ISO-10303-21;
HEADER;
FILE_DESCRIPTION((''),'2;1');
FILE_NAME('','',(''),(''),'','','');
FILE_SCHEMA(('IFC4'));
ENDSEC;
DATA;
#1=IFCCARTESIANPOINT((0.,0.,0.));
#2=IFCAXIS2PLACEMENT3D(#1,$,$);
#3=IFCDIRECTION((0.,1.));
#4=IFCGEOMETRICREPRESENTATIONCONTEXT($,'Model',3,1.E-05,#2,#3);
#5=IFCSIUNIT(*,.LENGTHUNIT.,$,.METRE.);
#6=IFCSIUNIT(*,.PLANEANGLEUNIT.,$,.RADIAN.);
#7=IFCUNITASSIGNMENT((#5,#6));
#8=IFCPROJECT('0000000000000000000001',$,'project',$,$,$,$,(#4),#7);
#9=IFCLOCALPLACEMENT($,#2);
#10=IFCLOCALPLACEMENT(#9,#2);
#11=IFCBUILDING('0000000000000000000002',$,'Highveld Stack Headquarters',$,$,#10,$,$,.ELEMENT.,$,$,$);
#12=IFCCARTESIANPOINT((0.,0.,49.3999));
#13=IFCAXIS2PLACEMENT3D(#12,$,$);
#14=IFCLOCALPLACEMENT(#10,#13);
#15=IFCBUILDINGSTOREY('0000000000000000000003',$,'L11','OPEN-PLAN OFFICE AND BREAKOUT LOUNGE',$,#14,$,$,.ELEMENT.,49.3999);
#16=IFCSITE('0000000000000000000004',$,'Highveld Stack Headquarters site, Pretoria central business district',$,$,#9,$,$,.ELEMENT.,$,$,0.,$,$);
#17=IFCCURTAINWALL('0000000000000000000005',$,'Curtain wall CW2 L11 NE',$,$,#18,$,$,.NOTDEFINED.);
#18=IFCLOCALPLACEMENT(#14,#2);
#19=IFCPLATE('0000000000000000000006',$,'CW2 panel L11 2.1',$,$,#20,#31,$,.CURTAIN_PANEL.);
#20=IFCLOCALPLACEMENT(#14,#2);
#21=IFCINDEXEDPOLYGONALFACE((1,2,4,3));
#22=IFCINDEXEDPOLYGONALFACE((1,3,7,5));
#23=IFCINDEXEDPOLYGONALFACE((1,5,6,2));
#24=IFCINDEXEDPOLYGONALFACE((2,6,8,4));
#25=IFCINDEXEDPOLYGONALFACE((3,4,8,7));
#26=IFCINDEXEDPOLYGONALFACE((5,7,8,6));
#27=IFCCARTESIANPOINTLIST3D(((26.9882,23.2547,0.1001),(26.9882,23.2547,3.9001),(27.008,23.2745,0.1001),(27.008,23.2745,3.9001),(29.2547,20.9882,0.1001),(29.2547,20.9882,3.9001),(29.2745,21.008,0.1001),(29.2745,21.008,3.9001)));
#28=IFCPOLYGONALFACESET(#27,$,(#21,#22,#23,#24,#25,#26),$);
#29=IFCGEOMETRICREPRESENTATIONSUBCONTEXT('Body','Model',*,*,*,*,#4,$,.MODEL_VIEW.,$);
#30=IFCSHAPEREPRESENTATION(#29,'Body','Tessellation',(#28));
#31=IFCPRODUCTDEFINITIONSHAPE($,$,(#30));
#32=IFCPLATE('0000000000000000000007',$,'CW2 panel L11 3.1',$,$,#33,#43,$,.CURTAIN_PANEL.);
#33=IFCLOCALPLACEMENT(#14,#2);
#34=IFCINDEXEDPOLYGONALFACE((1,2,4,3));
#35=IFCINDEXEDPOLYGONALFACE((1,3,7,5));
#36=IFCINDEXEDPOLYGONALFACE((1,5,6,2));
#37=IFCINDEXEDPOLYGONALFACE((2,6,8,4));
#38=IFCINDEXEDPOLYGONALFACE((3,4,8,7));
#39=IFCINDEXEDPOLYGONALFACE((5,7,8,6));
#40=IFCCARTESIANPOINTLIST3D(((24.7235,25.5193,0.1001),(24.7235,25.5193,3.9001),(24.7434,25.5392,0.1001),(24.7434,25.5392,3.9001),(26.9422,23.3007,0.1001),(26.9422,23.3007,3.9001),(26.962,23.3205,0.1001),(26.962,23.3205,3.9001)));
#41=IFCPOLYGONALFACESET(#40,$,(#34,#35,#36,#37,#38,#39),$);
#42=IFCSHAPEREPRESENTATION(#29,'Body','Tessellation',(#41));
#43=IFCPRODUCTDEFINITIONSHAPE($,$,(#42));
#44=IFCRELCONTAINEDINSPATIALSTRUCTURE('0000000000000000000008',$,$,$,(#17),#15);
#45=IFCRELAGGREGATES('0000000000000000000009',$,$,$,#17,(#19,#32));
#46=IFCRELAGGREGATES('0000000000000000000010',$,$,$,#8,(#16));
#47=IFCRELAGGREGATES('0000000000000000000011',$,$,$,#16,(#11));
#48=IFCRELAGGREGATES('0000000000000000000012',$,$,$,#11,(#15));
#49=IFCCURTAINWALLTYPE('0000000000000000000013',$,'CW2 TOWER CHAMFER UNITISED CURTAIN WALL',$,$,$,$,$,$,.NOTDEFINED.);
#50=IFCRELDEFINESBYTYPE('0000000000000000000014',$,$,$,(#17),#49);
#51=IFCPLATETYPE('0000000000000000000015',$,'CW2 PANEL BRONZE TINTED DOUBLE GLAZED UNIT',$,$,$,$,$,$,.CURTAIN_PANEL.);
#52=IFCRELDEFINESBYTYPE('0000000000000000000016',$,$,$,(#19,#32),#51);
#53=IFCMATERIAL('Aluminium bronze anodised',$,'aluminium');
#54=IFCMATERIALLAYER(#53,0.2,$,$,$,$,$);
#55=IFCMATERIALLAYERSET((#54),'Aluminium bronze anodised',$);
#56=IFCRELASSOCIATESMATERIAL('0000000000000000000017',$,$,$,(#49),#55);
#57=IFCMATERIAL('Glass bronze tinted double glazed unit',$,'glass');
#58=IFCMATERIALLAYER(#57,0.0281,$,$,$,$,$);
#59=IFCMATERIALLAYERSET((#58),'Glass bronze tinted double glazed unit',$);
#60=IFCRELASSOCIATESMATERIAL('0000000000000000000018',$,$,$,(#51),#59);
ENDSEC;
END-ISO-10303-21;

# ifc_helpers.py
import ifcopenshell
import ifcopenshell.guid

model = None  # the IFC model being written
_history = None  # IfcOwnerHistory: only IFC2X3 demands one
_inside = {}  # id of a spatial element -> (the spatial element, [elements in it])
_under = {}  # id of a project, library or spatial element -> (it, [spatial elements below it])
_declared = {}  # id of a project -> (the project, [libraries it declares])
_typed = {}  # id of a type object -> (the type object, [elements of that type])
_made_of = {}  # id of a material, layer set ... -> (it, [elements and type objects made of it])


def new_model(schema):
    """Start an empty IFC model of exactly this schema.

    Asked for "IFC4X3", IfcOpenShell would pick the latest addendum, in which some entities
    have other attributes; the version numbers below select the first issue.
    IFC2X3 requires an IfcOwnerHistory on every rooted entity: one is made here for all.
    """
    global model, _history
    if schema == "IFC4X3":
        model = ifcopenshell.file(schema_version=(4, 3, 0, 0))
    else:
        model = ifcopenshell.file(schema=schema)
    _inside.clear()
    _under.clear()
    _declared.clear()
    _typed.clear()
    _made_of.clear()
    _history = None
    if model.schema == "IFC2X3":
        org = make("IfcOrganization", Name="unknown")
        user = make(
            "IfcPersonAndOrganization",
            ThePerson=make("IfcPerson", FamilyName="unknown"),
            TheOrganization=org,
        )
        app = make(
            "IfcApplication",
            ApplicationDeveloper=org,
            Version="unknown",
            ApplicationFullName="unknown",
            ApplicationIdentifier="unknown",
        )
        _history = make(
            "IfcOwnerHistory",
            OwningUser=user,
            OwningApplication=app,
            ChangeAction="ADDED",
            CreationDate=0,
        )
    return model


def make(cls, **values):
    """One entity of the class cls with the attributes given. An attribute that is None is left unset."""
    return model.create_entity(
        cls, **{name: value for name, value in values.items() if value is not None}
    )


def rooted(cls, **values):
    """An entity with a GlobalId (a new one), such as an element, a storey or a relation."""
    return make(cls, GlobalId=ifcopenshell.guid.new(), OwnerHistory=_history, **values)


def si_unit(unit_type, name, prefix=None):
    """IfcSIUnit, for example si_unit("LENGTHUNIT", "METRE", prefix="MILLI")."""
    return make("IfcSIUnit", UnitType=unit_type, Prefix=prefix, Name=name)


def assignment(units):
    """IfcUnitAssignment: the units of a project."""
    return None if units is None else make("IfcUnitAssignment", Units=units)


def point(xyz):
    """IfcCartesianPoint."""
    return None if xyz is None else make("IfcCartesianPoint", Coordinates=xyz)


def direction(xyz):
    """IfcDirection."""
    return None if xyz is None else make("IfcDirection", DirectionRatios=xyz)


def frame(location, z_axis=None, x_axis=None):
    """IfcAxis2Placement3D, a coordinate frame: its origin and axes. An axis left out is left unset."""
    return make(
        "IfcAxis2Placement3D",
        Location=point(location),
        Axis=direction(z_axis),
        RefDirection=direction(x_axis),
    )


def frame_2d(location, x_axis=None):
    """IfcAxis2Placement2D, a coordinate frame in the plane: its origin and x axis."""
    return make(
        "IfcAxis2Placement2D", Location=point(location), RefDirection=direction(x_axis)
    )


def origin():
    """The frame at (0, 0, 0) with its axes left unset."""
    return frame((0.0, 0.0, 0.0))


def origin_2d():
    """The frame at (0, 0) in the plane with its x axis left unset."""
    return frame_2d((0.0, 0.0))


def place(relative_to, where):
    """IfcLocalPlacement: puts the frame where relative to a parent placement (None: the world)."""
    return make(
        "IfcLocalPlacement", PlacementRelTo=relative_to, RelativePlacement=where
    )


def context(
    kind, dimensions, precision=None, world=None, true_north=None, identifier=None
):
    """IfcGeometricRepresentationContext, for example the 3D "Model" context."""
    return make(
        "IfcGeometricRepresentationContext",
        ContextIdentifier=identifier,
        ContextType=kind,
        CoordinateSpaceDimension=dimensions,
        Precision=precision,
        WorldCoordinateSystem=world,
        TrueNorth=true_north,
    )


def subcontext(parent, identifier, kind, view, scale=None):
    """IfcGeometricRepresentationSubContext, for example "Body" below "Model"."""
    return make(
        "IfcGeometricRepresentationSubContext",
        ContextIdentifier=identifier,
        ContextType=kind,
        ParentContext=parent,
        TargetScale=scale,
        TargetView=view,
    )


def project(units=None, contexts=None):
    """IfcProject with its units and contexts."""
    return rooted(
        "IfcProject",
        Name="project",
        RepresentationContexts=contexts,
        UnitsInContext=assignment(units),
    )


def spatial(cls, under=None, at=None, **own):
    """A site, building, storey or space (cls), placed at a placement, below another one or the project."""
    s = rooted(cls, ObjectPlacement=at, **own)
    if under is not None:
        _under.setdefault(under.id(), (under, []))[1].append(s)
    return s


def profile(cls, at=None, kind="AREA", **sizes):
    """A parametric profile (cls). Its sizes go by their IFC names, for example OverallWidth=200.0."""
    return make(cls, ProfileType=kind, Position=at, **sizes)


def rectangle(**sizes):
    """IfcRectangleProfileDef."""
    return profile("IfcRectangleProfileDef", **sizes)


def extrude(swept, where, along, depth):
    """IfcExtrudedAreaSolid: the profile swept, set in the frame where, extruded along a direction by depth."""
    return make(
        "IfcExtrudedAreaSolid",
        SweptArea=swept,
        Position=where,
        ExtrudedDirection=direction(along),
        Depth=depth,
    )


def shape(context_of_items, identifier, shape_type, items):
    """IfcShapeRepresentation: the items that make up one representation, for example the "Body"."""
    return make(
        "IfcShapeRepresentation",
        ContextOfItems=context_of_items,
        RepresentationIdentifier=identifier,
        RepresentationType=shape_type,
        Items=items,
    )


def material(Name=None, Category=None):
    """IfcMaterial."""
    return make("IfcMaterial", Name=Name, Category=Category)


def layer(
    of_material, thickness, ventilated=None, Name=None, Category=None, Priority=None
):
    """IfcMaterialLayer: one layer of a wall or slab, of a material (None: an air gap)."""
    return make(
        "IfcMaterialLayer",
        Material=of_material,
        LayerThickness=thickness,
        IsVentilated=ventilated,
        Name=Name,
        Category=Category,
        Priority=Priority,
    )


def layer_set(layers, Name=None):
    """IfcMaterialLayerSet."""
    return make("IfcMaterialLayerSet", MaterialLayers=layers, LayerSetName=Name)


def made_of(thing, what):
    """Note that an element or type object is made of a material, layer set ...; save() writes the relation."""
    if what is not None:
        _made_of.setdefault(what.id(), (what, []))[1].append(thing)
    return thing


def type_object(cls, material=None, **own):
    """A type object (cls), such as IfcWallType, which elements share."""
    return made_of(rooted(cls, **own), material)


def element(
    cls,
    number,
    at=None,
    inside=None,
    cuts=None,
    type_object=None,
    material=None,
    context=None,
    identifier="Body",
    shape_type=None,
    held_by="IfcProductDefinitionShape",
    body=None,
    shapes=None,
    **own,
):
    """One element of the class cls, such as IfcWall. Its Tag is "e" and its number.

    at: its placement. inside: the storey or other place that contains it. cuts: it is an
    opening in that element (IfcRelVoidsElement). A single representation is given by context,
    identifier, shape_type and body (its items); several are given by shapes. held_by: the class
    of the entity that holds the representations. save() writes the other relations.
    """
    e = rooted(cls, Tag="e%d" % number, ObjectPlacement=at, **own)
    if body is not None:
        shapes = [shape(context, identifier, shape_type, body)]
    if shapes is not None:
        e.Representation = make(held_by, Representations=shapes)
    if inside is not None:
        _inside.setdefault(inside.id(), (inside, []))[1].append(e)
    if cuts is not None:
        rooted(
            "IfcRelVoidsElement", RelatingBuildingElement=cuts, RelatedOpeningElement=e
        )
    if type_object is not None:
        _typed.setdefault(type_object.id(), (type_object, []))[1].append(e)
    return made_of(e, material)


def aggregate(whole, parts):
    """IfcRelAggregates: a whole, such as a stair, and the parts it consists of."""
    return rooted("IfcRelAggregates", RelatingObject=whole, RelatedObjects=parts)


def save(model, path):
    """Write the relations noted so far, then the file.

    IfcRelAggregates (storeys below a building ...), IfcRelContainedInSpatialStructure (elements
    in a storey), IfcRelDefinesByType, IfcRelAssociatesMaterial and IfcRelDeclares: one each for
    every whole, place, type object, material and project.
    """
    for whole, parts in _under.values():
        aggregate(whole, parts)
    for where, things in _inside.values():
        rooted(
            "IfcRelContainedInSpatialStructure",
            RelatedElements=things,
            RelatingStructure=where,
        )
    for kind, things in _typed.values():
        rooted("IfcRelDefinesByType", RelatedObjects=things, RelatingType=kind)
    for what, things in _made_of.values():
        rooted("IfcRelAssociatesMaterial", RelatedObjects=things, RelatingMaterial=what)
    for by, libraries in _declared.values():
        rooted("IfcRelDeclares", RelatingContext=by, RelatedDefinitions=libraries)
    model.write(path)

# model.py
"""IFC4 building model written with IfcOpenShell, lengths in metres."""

from ifc_helpers import new_model, si_unit, direction, frame, origin, origin_2d, place, context, subcontext, project, spatial, rectangle, extrude, material, layer, layer_set, type_object, element, aggregate, save


model = new_model("IFC4")

# Units and contexts
model_context = context("Model", 3, precision=1e-05, world=origin(), true_north=direction((0.0, 1.0)))
body_context = subcontext(model_context, "Body", "Model", "MODEL_VIEW")
ifc_project = project(units=[si_unit("LENGTHUNIT", "METRE"), si_unit("PLANEANGLEUNIT", "RADIAN")], contexts=[model_context])

# Site, building, storey
site_placement = place(None, origin())
site = spatial("IfcSite", under=ifc_project, at=site_placement, Name="Highveld Stack Headquarters site, Pretoria central business district", CompositionType="ELEMENT", RefElevation=0.0)
building_placement = place(site_placement, origin())
building = spatial("IfcBuilding", under=site, at=building_placement, Name="Highveld Stack Headquarters", CompositionType="ELEMENT")
storey_placement = place(building_placement, frame((0.0, 0.0, 49.3999)))
storey = spatial("IfcBuildingStorey", under=building, at=storey_placement, Name="L11", Description="OPEN-PLAN OFFICE AND BREAKOUT LOUNGE", CompositionType="ELEMENT", Elevation=49.3999)

# Curtain wall
ifc_material_1 = material(Name="Aluminium bronze anodised", Category="aluminium")
ifc_layer_1 = layer(ifc_material_1, 0.2)
ifc_layer_set_1 = layer_set([ifc_layer_1], Name="Aluminium bronze anodised")
curtain_wall_type_1 = type_object("IfcCurtainWallType", Name="CW2 TOWER CHAMFER UNITISED CURTAIN WALL", PredefinedType="NOTDEFINED", material=ifc_layer_set_1)
curtain_wall_1_placement = place(storey_placement, origin())
curtain_wall_1 = element("IfcCurtainWall", 1, at=curtain_wall_1_placement, inside=storey, type_object=curtain_wall_type_1, Name="Curtain wall CW2 L11 NE", PredefinedType="NOTDEFINED")

# Plates
ifc_material_2 = material(Name="Glass bronze tinted double glazed unit", Category="glass")
ifc_layer_2 = layer(ifc_material_2, 0.0281)
ifc_layer_set_2 = layer_set([ifc_layer_2], Name="Glass bronze tinted double glazed unit")
plate_type_1 = type_object("IfcPlateType", Name="CW2 PANEL BRONZE TINTED DOUBLE GLAZED UNIT", PredefinedType="CURTAIN_PANEL", material=ifc_layer_set_2)
plate_1_placement = place(storey_placement, frame((28.1313, 22.1313, 0.1001), z_axis=(0.0, 0.0, 1.0), x_axis=(-0.707107, 0.707107, 0.0)))
plate_1 = element("IfcPlate", 2, at=plate_1_placement, type_object=plate_type_1, Name="CW2 panel L11 2.1", PredefinedType="CURTAIN_PANEL", context=body_context, shape_type="SweptSolid", body=[
    extrude(rectangle(XDim=3.2053, YDim=0.0281, at=origin_2d()), origin(), (0.0, 0.0, 1.0), 3.8),
])
plate_2_placement = place(storey_placement, frame((25.8428, 24.4199, 0.1001), z_axis=(0.0, 0.0, 1.0), x_axis=(-0.707107, 0.707107, 0.0)))
plate_2 = element("IfcPlate", 3, at=plate_2_placement, type_object=plate_type_1, Name="CW2 panel L11 3.1", PredefinedType="CURTAIN_PANEL", context=body_context, shape_type="SweptSolid", body=[
    extrude(rectangle(XDim=3.1377, YDim=0.0281, at=origin_2d()), origin(), (0.0, 0.0, 1.0), 3.8),
])
aggregate(curtain_wall_1, [plate_1, plate_2])

save(model, "model.ifc")
